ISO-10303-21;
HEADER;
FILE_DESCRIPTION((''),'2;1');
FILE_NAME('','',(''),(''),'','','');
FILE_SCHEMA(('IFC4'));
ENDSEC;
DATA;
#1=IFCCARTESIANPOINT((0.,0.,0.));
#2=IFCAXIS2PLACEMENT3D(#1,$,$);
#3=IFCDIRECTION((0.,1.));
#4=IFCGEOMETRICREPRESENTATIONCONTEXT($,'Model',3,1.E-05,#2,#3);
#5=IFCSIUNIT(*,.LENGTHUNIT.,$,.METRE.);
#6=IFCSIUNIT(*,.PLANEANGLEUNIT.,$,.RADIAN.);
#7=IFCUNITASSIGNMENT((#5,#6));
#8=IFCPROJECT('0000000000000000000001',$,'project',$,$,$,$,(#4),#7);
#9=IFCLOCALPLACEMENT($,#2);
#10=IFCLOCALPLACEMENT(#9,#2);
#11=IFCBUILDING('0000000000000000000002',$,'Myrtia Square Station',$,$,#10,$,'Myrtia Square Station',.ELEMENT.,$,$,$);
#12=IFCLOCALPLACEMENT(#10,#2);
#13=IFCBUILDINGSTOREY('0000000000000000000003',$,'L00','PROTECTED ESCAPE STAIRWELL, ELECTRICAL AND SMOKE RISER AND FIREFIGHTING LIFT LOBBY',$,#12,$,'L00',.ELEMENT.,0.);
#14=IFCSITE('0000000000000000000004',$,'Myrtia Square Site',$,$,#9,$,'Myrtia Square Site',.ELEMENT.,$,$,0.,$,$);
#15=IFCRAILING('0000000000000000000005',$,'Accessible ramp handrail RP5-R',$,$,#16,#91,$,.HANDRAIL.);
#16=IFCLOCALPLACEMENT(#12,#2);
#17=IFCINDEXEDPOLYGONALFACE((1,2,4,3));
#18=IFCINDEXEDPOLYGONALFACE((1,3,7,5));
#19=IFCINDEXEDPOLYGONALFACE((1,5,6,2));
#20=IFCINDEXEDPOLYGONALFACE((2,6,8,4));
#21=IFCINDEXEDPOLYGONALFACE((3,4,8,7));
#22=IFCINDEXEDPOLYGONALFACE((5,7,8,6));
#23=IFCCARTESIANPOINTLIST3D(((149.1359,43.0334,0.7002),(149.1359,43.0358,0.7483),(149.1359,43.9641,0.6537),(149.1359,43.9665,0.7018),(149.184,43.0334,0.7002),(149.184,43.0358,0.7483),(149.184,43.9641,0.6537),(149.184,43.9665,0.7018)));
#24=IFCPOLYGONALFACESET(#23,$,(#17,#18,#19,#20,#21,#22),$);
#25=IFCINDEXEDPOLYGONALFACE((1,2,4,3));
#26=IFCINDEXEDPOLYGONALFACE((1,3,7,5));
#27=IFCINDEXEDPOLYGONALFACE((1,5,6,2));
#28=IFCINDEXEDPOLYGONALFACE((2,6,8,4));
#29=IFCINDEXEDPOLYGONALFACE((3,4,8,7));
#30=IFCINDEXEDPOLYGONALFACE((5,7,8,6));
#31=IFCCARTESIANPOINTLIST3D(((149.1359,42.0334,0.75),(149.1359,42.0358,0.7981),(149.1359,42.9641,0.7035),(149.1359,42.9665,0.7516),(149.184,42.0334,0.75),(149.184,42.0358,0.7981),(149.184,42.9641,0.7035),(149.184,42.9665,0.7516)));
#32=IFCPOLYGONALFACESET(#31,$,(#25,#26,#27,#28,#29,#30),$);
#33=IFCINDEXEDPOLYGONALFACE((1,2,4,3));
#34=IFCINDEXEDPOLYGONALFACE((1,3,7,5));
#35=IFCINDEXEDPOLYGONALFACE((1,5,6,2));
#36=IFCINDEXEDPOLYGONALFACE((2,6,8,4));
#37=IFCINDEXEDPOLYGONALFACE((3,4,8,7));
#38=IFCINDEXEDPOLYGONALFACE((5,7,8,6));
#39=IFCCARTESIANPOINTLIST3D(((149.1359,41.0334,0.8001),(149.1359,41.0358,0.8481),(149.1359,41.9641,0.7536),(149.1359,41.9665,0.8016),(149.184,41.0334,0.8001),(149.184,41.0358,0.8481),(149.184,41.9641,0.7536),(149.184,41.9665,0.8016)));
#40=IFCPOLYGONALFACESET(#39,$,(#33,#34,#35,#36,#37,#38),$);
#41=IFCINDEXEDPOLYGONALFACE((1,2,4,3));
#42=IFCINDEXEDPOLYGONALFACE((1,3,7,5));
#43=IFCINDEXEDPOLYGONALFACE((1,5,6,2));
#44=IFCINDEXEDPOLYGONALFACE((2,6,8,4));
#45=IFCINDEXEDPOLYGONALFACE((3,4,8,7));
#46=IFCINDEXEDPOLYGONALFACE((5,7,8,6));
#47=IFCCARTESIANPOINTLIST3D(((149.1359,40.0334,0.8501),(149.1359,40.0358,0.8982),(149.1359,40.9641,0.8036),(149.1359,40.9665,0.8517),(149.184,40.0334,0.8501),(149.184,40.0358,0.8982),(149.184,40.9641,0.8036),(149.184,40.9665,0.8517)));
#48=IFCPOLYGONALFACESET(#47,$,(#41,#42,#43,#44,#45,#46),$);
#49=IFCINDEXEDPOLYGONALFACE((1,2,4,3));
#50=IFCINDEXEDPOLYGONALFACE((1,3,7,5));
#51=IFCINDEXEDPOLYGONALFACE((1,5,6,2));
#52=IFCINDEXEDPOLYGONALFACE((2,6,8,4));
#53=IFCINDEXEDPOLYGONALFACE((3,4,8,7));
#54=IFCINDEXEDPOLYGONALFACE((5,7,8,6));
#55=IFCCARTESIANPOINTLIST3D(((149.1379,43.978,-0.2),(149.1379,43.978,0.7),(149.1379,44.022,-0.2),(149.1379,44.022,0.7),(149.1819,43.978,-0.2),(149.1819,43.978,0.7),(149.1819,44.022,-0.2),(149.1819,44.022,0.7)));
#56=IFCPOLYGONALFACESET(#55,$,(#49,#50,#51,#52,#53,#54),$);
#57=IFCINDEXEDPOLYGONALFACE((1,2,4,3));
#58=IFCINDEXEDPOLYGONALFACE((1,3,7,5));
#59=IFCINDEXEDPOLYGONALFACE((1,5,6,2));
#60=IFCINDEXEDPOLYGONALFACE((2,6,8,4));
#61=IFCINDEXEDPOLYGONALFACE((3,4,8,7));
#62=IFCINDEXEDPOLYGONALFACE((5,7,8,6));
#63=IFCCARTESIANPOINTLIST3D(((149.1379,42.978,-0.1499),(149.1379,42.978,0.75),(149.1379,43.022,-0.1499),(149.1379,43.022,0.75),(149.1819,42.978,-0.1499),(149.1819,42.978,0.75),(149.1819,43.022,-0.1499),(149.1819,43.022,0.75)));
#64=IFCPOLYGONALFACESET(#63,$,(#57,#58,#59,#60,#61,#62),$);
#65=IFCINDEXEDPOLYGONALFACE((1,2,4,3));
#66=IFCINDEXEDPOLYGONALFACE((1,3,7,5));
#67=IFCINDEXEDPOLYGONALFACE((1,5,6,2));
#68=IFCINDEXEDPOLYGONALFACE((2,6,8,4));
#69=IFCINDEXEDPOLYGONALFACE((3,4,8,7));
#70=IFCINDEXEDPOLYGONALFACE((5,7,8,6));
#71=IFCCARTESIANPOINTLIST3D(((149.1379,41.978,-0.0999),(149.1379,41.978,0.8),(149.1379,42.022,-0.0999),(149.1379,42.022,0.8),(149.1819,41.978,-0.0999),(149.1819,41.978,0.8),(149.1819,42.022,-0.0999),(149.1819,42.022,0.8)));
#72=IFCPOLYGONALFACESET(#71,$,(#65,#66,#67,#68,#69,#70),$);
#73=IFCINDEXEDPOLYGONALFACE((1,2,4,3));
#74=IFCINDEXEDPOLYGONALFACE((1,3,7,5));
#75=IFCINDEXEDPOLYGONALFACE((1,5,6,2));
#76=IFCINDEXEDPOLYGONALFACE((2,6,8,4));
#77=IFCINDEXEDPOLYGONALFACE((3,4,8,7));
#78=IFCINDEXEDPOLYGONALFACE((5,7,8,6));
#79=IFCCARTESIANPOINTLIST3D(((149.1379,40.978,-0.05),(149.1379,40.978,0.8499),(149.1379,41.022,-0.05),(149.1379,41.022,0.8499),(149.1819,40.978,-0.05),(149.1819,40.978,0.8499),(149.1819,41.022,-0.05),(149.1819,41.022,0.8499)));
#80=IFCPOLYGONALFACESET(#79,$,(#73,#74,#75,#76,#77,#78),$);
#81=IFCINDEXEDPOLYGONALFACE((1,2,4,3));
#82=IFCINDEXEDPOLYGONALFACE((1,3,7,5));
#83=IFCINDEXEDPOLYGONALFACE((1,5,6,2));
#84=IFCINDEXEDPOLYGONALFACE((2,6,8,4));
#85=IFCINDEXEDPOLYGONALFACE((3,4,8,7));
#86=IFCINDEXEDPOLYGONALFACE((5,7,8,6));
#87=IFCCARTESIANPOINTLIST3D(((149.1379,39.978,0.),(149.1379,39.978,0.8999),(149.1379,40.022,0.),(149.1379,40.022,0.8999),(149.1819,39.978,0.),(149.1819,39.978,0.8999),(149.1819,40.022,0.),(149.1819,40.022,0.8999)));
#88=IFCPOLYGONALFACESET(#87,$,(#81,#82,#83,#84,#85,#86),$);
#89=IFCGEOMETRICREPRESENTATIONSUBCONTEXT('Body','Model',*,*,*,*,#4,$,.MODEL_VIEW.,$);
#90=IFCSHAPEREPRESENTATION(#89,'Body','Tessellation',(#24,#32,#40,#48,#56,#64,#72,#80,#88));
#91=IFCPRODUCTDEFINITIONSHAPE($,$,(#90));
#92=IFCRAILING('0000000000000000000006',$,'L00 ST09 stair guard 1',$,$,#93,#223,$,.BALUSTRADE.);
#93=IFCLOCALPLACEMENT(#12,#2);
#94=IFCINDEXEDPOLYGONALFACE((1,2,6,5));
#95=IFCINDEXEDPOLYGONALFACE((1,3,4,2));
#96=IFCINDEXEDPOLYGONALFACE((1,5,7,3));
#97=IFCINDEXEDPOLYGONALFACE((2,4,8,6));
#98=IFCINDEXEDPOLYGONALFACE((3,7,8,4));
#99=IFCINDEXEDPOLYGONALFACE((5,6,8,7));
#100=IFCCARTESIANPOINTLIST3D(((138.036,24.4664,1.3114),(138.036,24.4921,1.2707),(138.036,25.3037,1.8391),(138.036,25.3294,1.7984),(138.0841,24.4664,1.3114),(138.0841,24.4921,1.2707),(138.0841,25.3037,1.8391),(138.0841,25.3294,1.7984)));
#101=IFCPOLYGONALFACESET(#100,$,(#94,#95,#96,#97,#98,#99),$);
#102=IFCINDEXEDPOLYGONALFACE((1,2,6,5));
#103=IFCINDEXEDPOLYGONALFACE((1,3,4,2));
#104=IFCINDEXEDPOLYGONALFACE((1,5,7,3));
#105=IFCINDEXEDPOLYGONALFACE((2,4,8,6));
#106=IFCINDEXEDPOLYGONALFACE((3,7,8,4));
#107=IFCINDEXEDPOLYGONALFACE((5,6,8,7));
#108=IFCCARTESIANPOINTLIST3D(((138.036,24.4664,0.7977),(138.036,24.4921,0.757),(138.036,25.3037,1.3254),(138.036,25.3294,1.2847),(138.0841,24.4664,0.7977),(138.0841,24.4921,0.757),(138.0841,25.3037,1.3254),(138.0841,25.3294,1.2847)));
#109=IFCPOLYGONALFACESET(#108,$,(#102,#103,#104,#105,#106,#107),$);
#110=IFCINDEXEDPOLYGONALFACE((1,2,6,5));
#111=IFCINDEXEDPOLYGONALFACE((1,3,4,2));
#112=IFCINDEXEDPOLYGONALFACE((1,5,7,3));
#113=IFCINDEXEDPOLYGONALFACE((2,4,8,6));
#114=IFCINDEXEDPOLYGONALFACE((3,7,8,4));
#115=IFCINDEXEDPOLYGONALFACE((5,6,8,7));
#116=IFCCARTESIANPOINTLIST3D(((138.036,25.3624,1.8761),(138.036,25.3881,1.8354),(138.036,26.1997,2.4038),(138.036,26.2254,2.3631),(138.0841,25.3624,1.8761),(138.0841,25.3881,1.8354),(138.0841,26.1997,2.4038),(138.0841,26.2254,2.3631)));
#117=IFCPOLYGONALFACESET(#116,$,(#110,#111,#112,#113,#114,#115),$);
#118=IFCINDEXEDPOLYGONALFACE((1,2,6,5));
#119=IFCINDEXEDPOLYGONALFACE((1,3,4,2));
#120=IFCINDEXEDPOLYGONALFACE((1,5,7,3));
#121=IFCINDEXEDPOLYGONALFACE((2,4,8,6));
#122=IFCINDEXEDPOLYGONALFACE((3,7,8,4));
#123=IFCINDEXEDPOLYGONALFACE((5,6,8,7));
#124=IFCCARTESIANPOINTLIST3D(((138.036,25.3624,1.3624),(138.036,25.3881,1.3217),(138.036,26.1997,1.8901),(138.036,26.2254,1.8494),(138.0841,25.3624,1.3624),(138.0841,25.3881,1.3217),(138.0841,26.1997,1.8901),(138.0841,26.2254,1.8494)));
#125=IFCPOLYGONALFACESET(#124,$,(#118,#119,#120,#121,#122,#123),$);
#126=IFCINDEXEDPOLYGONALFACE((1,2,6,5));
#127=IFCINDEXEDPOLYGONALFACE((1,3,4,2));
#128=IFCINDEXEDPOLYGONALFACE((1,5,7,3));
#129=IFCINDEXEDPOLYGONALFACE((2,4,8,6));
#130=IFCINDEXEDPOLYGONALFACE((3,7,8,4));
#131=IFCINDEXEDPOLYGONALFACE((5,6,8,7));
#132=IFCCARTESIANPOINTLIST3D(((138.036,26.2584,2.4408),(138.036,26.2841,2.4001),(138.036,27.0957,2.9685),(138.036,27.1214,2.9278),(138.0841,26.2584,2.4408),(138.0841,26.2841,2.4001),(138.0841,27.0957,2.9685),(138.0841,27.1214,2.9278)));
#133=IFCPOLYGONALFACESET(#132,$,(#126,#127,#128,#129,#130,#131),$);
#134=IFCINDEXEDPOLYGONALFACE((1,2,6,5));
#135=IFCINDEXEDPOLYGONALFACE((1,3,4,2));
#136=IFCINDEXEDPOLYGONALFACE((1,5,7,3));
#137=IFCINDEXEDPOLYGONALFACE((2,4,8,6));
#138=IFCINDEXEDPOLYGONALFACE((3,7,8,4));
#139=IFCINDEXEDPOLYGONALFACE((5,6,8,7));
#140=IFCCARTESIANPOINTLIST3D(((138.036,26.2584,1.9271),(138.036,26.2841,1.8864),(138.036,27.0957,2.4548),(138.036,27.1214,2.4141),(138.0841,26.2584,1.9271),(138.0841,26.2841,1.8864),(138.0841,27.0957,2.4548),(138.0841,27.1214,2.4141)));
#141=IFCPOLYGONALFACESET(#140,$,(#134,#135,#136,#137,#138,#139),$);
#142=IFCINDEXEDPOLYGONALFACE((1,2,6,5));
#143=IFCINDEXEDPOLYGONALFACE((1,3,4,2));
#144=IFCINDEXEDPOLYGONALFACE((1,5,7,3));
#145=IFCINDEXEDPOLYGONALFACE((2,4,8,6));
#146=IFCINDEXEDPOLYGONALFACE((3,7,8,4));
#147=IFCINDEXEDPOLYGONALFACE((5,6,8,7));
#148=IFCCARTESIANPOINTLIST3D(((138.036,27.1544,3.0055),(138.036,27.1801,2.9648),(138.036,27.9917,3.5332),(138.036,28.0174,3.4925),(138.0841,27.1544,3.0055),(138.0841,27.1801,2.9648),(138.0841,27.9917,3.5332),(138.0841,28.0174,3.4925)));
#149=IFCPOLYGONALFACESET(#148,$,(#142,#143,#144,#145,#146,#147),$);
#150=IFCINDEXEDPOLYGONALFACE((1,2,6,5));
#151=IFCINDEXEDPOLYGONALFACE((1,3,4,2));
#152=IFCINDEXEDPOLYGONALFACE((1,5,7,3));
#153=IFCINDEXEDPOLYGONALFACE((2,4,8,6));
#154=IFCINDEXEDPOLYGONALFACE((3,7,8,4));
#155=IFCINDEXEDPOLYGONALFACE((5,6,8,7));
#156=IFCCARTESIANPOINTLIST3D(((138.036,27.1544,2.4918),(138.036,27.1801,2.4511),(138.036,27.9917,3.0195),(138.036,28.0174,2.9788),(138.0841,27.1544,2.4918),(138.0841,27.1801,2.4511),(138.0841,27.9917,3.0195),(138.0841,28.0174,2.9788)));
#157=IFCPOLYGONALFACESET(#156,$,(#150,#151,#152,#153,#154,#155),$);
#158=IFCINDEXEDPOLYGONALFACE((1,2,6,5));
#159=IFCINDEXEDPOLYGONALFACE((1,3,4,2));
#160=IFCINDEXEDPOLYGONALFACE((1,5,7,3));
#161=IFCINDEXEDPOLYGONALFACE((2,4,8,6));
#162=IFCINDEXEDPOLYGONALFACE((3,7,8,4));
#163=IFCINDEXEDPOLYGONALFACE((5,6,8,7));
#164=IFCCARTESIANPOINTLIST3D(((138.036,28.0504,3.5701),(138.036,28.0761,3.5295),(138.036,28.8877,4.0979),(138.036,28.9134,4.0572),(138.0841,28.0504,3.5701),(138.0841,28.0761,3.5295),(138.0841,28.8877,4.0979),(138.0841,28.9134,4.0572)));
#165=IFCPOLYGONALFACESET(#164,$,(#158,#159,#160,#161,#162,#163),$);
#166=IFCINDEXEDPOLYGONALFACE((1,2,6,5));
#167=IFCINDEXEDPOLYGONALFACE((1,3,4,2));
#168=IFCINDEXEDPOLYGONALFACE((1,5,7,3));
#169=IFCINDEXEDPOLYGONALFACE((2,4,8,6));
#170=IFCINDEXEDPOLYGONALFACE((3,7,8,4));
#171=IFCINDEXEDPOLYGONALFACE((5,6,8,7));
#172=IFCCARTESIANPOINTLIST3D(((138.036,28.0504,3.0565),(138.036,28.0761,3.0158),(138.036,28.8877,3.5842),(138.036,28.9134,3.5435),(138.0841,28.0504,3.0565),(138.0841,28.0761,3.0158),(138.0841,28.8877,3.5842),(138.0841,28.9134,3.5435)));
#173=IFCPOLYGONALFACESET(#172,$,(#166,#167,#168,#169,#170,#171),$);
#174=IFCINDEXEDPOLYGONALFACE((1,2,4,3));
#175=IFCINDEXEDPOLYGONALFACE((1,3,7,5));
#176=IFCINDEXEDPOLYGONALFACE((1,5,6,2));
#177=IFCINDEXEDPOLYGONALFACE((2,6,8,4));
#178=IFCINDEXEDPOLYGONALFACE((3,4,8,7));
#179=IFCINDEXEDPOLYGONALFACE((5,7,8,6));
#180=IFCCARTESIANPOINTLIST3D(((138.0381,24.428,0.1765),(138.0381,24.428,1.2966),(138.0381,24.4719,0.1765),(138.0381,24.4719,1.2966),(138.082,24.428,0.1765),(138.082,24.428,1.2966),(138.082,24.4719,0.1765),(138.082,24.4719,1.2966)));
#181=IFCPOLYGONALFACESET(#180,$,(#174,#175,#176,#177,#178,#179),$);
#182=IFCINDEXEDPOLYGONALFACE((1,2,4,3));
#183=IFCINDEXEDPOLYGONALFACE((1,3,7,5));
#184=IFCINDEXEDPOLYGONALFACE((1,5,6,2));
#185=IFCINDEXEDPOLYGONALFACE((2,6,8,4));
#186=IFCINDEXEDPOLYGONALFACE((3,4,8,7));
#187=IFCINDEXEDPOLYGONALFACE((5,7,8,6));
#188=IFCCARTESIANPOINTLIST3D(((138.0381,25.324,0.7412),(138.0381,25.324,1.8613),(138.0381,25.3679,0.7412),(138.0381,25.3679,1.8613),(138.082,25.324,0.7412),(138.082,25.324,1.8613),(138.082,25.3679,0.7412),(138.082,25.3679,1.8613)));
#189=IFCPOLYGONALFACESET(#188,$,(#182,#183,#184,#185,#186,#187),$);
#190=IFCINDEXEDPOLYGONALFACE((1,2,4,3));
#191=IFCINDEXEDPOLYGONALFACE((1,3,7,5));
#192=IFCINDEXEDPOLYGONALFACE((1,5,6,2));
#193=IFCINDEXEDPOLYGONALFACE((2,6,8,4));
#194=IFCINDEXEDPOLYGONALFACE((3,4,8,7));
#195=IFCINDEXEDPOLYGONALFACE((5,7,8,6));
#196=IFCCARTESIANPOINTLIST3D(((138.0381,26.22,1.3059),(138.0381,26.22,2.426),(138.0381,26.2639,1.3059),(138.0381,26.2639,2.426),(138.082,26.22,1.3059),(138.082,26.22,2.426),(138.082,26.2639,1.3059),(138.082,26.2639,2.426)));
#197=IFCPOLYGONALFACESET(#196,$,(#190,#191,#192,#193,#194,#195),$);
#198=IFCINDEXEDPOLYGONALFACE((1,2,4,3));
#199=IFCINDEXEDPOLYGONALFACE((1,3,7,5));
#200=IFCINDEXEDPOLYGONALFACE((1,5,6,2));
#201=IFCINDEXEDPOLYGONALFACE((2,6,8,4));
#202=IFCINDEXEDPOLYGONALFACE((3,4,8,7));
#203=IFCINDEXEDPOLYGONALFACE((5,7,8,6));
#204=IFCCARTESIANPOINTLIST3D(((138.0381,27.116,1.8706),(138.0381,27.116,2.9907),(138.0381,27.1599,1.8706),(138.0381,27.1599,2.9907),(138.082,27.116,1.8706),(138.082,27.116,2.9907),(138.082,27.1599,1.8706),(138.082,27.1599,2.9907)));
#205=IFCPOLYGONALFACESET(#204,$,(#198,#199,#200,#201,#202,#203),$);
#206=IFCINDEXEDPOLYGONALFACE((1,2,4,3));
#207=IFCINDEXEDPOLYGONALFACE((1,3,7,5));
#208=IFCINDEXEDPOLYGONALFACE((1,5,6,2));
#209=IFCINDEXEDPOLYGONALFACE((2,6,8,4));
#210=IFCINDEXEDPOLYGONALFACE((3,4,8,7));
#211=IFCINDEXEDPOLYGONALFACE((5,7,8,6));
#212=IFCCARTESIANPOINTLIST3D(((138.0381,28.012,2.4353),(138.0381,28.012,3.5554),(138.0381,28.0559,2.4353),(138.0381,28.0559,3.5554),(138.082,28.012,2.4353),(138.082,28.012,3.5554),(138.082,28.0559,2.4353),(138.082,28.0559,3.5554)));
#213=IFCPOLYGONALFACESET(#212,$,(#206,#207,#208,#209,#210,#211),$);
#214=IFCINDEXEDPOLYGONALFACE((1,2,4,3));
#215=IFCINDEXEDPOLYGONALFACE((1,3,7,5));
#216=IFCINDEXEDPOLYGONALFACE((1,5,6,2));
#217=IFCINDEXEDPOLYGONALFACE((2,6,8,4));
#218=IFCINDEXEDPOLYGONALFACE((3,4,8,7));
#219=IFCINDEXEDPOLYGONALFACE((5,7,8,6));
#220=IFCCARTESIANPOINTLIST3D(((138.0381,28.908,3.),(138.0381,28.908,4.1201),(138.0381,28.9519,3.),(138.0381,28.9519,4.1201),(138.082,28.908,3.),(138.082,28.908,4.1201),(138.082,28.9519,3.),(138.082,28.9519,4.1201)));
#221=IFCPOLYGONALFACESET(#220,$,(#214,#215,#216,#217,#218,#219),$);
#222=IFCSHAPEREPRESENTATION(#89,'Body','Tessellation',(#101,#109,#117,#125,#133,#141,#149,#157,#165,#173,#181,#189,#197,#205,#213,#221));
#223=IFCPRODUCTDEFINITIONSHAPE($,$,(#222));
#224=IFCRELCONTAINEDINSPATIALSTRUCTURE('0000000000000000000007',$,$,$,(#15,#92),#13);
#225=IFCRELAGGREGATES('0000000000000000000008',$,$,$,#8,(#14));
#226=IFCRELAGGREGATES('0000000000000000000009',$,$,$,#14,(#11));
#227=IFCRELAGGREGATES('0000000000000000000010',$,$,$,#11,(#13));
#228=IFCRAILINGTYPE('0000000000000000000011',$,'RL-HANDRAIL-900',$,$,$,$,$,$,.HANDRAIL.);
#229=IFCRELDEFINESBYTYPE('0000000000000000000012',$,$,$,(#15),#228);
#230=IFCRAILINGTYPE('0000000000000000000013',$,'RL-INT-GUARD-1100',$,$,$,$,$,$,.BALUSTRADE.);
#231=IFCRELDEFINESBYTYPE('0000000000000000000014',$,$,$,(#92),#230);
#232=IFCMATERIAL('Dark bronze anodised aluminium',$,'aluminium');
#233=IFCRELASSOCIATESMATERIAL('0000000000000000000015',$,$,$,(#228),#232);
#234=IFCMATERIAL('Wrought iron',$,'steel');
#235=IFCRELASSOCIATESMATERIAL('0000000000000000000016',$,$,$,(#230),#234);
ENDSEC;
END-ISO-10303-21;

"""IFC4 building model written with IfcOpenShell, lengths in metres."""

from ifc_helpers import new_model, si_unit, direction, frame, origin, origin_2d, place, context, subcontext, project, spatial, rectangle, extrude, material, type_object, element, save


model = new_model("IFC4")

# Units and contexts
model_context = context("Model", 3, precision=1e-05, world=origin(), true_north=direction((0.0, 1.0)))
body_context = subcontext(model_context, "Body", "Model", "MODEL_VIEW")
ifc_project = project(units=[si_unit("LENGTHUNIT", "METRE"), si_unit("PLANEANGLEUNIT", "RADIAN")], contexts=[model_context])

# Site, building, storey
site_placement = place(None, origin())
site = spatial("IfcSite", under=ifc_project, at=site_placement, Name="Myrtia Square Site", LongName="Myrtia Square Site", CompositionType="ELEMENT", RefElevation=0.0)
building_placement = place(site_placement, origin())
building = spatial("IfcBuilding", under=site, at=building_placement, Name="Myrtia Square Station", LongName="Myrtia Square Station", CompositionType="ELEMENT")
storey_placement = place(building_placement, origin())
storey = spatial("IfcBuildingStorey", under=building, at=storey_placement, Name="L00", Description="PROTECTED ESCAPE STAIRWELL, ELECTRICAL AND SMOKE RISER AND FIREFIGHTING LIFT LOBBY", LongName="L00", CompositionType="ELEMENT", Elevation=0.0)

# Shared definitions
ifc_material_1 = material(Name="Dark bronze anodised aluminium", Category="aluminium")

# Railings
railing_type_1 = type_object("IfcRailingType", Name="RL-HANDRAIL-900", PredefinedType="HANDRAIL", material=ifc_material_1)
for number, where, name in (
    (1, (149.1599, 44.0, -0.2), "Accessible ramp handrail RP5-R"),
):
    element("IfcRailing", number, at=place(storey_placement, frame(where)), inside=storey, type_object=railing_type_1, Name=name, PredefinedType="HANDRAIL", context=body_context, shape_type="SweptSolid", body=[
        extrude(rectangle(XDim=0.0481, YDim=0.0481, at=origin_2d()), frame((0.0, -0.0347, 0.8777), z_axis=(0.0, -0.998753, 0.049925), x_axis=(1.0, 0.0, 0.0)), (0.0, 0.0, 1.0), 0.9319),
        extrude(rectangle(XDim=0.0481, YDim=0.0481, at=origin_2d()), frame((0.0, -1.0347, 0.9275), z_axis=(0.0, -0.998753, 0.049925), x_axis=(1.0, 0.0, 0.0)), (0.0, 0.0, 1.0), 0.9319),
        extrude(rectangle(XDim=0.0481, YDim=0.0481, at=origin_2d()), frame((0.0, -2.0347, 0.9775), z_axis=(0.0, -0.998753, 0.049925), x_axis=(1.0, 0.0, 0.0)), (0.0, 0.0, 1.0), 0.9319),
        extrude(rectangle(XDim=0.0481, YDim=0.0481, at=origin_2d()), frame((0.0, -3.0347, 1.0276), z_axis=(0.0, -0.998753, 0.049925), x_axis=(1.0, 0.0, 0.0)), (0.0, 0.0, 1.0), 0.9319),
        extrude(rectangle(XDim=0.0439, YDim=0.0439, at=origin_2d()), origin(), (0.0, 0.0, 1.0), 0.8999),
        extrude(rectangle(XDim=0.0439, YDim=0.0439, at=origin_2d()), frame((0.0, -1.0, 0.05)), (0.0, 0.0, 1.0), 0.8999),
        extrude(rectangle(XDim=0.0439, YDim=0.0439, at=origin_2d()), frame((0.0, -2.0, 0.1001)), (0.0, 0.0, 1.0), 0.8999),
        extrude(rectangle(XDim=0.0439, YDim=0.0439, at=origin_2d()), frame((0.0, -3.0, 0.1499)), (0.0, 0.0, 1.0), 0.8999),
        extrude(rectangle(XDim=0.0439, YDim=0.0439, at=origin_2d()), frame((0.0, -4.0, 0.2)), (0.0, 0.0, 1.0), 0.8999),
    ])
ifc_material_2 = material(Name="Wrought iron", Category="steel")
railing_type_2 = type_object("IfcRailingType", Name="RL-INT-GUARD-1100", PredefinedType="BALUSTRADE", material=ifc_material_2)
railing_1_placement = place(storey_placement, frame((138.0601, 24.45, 0.1765)))
element("IfcRailing", 2, at=railing_1_placement, inside=storey, type_object=railing_type_2, Name="L00 ST09 stair guard 1", PredefinedType="BALUSTRADE", context=body_context, shape_type="SweptSolid", body=[
    extrude(rectangle(XDim=0.0481, YDim=0.0481, at=origin_2d()), frame((0.0, 0.0293, 1.1145), z_axis=(0.0, 0.845998, 0.533186), x_axis=(-1.0, 0.0, 0.0)), (0.0, 0.0, 1.0), 0.9897),
    extrude(rectangle(XDim=0.0481, YDim=0.0481, at=origin_2d()), frame((0.0, 0.0293, 0.6008), z_axis=(0.0, 0.845998, 0.533186), x_axis=(-1.0, 0.0, 0.0)), (0.0, 0.0, 1.0), 0.9897),
    extrude(rectangle(XDim=0.0481, YDim=0.0481, at=origin_2d()), frame((0.0, 0.9253, 1.6792), z_axis=(0.0, 0.845998, 0.533186), x_axis=(-1.0, 0.0, 0.0)), (0.0, 0.0, 1.0), 0.9897),
    extrude(rectangle(XDim=0.0481, YDim=0.0481, at=origin_2d()), frame((0.0, 0.9253, 1.1655), z_axis=(0.0, 0.845998, 0.533186), x_axis=(-1.0, 0.0, 0.0)), (0.0, 0.0, 1.0), 0.9897),
    extrude(rectangle(XDim=0.0481, YDim=0.0481, at=origin_2d()), frame((0.0, 1.8213, 2.2439), z_axis=(0.0, 0.845998, 0.533186), x_axis=(-1.0, 0.0, 0.0)), (0.0, 0.0, 1.0), 0.9897),
    extrude(rectangle(XDim=0.0481, YDim=0.0481, at=origin_2d()), frame((0.0, 1.8213, 1.7302), z_axis=(0.0, 0.845998, 0.533186), x_axis=(-1.0, 0.0, 0.0)), (0.0, 0.0, 1.0), 0.9897),
    extrude(rectangle(XDim=0.0481, YDim=0.0481, at=origin_2d()), frame((0.0, 2.7173, 2.8086), z_axis=(0.0, 0.845998, 0.533186), x_axis=(-1.0, 0.0, 0.0)), (0.0, 0.0, 1.0), 0.9897),
    extrude(rectangle(XDim=0.0481, YDim=0.0481, at=origin_2d()), frame((0.0, 2.7173, 2.2949), z_axis=(0.0, 0.845998, 0.533186), x_axis=(-1.0, 0.0, 0.0)), (0.0, 0.0, 1.0), 0.9897),
    extrude(rectangle(XDim=0.0481, YDim=0.0481, at=origin_2d()), frame((0.0, 3.6133, 3.3733), z_axis=(0.0, 0.845998, 0.533186), x_axis=(-1.0, 0.0, 0.0)), (0.0, 0.0, 1.0), 0.9897),
    extrude(rectangle(XDim=0.0481, YDim=0.0481, at=origin_2d()), frame((0.0, 3.6133, 2.8596), z_axis=(0.0, 0.845998, 0.533186), x_axis=(-1.0, 0.0, 0.0)), (0.0, 0.0, 1.0), 0.9897),
    extrude(rectangle(XDim=0.0439, YDim=0.0439, at=origin_2d()), origin(), (0.0, 0.0, 1.0), 1.1201),
    extrude(rectangle(XDim=0.0439, YDim=0.0439, at=origin_2d()), frame((0.0, 0.896, 0.5647)), (0.0, 0.0, 1.0), 1.1201),
    extrude(rectangle(XDim=0.0439, YDim=0.0439, at=origin_2d()), frame((0.0, 1.792, 1.1294)), (0.0, 0.0, 1.0), 1.1201),
    extrude(rectangle(XDim=0.0439, YDim=0.0439, at=origin_2d()), frame((0.0, 2.688, 1.6941)), (0.0, 0.0, 1.0), 1.1201),
    extrude(rectangle(XDim=0.0439, YDim=0.0439, at=origin_2d()), frame((0.0, 3.584, 2.2588)), (0.0, 0.0, 1.0), 1.1201),
    extrude(rectangle(XDim=0.0439, YDim=0.0439, at=origin_2d()), frame((0.0, 4.48, 2.8235)), (0.0, 0.0, 1.0), 1.1201),
])

save(model, "model.ifc")
